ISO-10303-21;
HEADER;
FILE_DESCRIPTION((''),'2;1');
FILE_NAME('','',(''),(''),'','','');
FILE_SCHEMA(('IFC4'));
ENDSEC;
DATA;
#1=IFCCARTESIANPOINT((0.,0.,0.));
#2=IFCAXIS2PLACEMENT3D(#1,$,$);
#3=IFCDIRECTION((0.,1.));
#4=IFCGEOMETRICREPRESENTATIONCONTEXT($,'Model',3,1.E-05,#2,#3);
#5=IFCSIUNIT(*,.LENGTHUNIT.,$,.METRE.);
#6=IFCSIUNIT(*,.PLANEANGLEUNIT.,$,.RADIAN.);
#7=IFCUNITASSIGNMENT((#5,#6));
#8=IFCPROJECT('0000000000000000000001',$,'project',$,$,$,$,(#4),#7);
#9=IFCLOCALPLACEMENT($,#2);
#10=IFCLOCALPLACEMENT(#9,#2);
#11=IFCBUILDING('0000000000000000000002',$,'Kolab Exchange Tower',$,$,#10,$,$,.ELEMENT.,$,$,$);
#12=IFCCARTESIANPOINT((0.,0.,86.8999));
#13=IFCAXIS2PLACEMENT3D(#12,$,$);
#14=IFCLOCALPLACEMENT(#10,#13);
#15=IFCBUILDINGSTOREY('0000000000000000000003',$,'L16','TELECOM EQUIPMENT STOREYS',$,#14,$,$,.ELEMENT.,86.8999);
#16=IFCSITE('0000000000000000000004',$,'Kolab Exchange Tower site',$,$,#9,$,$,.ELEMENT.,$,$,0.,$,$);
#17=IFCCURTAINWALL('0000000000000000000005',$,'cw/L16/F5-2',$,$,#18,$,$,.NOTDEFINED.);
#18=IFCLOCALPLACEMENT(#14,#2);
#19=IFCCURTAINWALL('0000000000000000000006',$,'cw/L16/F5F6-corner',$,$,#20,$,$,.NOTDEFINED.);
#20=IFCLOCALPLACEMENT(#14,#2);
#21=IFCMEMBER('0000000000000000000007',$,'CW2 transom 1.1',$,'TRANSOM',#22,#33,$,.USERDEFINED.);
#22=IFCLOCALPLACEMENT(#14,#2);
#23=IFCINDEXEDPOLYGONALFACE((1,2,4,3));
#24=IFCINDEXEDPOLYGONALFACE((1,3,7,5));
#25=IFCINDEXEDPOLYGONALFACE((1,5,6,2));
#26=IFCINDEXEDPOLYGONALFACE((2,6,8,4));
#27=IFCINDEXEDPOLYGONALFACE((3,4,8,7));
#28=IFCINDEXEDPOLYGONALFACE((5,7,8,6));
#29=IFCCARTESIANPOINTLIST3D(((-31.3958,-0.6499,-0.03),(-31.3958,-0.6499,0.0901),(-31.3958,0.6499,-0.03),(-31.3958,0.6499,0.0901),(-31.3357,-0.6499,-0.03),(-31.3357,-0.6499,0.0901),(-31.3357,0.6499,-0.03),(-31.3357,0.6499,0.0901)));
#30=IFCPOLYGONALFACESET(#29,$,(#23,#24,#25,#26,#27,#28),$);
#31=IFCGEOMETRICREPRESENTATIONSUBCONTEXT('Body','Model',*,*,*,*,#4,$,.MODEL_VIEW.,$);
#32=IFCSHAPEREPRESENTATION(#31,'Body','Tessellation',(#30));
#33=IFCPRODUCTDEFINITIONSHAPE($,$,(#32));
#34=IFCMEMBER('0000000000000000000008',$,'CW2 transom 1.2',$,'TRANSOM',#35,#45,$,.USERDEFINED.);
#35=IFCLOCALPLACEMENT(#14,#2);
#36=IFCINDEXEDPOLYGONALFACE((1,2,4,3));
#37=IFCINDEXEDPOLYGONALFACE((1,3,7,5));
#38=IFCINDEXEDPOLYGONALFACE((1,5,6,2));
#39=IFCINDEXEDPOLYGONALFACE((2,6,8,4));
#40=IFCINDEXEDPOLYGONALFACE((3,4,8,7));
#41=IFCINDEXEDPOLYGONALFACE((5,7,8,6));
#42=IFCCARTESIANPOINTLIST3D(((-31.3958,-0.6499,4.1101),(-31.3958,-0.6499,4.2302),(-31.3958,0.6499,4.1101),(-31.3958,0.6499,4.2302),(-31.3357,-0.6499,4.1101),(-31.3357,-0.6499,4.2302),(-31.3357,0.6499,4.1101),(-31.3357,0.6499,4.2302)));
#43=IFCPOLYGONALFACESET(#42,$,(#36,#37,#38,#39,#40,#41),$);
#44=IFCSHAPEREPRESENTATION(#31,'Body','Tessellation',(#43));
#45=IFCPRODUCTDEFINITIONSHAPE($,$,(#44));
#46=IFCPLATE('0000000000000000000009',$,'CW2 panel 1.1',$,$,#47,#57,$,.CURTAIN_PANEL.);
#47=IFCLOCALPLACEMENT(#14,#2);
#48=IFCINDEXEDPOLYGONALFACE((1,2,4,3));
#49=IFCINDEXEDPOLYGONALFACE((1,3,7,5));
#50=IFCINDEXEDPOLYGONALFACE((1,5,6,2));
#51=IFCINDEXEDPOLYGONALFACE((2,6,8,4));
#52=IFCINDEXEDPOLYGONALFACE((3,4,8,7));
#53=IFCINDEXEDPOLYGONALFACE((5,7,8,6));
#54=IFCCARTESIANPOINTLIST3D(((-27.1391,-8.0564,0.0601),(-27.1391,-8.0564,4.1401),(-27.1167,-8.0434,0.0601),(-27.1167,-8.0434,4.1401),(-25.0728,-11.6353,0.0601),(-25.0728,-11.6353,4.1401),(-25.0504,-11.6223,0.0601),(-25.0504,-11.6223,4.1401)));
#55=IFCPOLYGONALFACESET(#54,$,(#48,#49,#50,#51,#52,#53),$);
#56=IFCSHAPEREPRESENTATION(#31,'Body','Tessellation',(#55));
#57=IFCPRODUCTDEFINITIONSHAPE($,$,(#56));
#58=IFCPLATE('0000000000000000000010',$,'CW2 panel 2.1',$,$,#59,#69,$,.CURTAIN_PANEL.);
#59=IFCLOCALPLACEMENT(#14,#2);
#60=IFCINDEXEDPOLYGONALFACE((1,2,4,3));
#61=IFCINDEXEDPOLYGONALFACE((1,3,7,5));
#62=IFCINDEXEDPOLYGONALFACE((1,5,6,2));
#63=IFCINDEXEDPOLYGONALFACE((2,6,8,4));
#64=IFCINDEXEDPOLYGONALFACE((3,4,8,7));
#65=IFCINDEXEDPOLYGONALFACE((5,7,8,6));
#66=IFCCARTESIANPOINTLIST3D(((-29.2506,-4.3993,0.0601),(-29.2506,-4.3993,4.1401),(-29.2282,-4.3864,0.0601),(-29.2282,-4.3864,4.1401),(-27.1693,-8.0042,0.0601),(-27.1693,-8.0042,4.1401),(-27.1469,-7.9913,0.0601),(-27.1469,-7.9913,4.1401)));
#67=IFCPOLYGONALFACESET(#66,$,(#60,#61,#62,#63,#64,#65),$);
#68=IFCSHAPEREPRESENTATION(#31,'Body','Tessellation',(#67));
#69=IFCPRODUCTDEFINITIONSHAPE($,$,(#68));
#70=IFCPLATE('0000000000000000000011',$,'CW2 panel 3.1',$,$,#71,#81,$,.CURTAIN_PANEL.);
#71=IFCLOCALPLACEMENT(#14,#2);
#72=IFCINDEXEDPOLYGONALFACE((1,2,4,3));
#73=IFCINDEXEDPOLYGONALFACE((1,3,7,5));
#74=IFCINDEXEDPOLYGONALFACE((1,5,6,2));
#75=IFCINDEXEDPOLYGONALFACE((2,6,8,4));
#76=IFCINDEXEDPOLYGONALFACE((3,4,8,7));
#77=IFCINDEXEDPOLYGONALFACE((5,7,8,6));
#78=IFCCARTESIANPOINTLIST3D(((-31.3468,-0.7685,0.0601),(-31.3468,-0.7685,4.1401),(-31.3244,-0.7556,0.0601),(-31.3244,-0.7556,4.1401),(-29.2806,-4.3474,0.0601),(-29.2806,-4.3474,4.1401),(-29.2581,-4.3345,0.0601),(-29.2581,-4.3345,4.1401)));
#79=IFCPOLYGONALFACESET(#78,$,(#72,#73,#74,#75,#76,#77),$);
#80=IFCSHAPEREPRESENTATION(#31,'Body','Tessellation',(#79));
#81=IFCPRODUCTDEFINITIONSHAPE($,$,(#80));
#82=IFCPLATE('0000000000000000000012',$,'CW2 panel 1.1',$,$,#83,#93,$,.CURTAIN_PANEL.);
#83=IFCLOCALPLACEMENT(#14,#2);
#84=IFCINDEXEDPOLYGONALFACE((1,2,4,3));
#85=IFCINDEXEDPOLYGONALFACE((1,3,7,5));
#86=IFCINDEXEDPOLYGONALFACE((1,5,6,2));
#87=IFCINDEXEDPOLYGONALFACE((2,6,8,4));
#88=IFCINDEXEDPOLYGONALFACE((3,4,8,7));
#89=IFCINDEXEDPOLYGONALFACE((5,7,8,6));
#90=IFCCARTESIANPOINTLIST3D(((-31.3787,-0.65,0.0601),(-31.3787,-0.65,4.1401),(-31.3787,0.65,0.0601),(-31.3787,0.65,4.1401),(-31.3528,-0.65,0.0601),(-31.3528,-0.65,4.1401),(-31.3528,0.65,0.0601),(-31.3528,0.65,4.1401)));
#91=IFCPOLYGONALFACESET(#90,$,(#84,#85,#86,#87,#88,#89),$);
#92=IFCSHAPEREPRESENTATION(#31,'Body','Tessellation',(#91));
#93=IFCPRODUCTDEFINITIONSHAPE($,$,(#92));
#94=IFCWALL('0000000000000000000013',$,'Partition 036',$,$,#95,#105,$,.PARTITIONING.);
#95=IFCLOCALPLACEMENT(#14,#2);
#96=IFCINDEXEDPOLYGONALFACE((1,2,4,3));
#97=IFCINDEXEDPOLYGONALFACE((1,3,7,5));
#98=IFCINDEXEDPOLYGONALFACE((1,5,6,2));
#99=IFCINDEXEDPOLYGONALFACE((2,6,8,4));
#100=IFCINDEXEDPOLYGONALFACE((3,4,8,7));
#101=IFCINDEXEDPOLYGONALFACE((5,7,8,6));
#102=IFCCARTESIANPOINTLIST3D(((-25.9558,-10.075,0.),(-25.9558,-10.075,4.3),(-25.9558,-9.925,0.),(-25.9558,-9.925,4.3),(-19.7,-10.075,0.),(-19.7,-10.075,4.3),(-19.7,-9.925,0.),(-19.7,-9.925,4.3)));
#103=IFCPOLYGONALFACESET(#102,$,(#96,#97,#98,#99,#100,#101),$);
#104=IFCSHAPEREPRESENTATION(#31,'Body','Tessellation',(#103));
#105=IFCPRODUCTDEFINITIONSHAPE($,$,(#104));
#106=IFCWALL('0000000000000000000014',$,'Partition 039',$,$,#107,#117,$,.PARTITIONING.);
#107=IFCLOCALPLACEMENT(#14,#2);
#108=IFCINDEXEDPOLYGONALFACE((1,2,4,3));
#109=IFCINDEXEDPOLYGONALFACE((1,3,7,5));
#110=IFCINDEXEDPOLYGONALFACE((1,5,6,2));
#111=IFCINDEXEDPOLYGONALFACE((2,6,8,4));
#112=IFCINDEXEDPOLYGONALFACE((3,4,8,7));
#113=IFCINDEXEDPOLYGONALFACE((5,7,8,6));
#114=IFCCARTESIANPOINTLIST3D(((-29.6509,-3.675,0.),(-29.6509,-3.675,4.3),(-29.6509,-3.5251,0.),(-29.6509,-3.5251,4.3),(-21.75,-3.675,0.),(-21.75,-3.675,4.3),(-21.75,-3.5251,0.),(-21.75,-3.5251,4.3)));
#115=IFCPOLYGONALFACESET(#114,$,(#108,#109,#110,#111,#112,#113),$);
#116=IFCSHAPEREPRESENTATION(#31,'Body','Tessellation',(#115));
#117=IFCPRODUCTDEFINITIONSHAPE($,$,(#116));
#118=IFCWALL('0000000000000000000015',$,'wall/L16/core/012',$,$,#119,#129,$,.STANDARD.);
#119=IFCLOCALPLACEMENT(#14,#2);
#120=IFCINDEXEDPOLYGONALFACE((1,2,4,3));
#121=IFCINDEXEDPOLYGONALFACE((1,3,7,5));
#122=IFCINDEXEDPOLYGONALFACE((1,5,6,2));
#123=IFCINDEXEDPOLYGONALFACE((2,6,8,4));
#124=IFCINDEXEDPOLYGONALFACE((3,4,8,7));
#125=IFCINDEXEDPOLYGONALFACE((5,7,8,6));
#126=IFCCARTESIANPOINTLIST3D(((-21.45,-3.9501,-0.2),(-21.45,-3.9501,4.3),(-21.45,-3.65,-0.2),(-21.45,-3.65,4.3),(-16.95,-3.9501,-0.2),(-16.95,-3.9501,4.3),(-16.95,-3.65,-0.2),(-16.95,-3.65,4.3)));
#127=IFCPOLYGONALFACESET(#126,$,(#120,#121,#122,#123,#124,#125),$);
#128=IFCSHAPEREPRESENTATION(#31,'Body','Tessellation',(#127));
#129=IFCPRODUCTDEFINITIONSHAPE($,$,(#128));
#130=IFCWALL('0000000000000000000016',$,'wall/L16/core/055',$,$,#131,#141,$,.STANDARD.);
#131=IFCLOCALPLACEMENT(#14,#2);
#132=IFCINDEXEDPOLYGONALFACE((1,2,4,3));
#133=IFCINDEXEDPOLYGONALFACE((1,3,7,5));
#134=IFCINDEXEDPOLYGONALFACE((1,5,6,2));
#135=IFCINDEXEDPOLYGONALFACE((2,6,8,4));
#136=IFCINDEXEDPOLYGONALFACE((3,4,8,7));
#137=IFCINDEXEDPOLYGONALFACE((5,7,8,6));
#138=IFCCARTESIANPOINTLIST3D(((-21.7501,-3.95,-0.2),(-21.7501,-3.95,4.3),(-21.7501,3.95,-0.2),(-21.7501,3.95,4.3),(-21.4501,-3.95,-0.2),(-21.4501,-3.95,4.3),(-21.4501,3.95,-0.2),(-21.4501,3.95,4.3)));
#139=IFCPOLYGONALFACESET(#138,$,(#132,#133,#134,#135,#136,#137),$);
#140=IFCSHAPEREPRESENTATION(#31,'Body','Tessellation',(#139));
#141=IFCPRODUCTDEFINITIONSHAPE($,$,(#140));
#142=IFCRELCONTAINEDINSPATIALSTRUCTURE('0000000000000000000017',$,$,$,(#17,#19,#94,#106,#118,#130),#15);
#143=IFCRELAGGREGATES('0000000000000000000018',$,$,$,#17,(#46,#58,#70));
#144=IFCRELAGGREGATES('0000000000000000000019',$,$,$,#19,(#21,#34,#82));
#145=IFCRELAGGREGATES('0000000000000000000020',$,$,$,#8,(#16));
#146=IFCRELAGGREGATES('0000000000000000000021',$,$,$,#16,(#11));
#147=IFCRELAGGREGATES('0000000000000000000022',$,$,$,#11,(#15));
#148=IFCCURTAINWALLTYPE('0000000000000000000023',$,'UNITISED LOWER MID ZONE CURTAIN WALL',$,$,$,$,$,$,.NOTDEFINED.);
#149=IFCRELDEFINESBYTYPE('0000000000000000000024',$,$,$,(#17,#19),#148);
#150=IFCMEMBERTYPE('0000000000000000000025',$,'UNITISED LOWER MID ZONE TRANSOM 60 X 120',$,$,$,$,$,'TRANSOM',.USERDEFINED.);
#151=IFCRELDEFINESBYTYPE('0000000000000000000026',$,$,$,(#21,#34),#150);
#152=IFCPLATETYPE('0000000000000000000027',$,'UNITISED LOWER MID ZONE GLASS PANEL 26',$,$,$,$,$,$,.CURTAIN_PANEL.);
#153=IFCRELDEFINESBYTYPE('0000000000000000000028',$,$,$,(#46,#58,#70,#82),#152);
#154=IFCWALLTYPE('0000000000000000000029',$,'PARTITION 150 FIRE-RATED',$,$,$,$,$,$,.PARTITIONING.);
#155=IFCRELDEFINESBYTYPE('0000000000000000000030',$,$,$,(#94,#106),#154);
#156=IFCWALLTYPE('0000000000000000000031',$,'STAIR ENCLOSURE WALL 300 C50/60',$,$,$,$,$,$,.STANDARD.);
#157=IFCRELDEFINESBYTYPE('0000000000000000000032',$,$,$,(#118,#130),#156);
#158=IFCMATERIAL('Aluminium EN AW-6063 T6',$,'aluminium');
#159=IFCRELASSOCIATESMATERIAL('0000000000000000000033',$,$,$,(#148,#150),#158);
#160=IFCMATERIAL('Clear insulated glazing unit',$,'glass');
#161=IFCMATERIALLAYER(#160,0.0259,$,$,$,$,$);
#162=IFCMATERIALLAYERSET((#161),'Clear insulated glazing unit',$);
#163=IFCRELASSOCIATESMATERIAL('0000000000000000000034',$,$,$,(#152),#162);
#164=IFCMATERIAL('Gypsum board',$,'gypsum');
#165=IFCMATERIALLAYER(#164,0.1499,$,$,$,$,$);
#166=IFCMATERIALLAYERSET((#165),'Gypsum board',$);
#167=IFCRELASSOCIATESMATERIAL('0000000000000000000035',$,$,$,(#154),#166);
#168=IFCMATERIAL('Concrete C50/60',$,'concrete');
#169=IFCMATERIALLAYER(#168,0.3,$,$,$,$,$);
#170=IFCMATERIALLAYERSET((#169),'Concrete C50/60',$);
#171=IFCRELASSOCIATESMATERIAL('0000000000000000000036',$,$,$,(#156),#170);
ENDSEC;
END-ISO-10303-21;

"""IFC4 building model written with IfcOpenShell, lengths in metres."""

from ifc_helpers import new_model, si_unit, direction, frame, frame_2d, origin, origin_2d, place, context, subcontext, project, spatial, rectangle, extrude, material, layer, layer_set, material_profile, profile_set, type_object, element, aggregate, save


model = new_model("IFC4")

# Units and contexts
model_context = context("Model", 3, precision=1e-05, world=origin(), true_north=direction((0.0, 1.0)))
body_context = subcontext(model_context, "Body", "Model", "MODEL_VIEW")
ifc_project = project(units=[si_unit("LENGTHUNIT", "METRE"), si_unit("PLANEANGLEUNIT", "RADIAN")], contexts=[model_context])

# Site, building, storey
site_placement = place(None, origin())
site = spatial("IfcSite", under=ifc_project, at=site_placement, Name="Kolab Exchange Tower site", CompositionType="ELEMENT", RefElevation=0.0)
building_placement = place(site_placement, origin())
building = spatial("IfcBuilding", under=site, at=building_placement, Name="Kolab Exchange Tower", CompositionType="ELEMENT")
storey_placement = place(building_placement, frame((0.0, 0.0, 86.8999)))
storey = spatial("IfcBuildingStorey", under=building, at=storey_placement, Name="L16", Description="TELECOM EQUIPMENT STOREYS", CompositionType="ELEMENT", Elevation=86.8999)

# Curtain wall
ifc_material_1 = material(Name="Aluminium EN AW-6063 T6", Category="aluminium")
curtain_wall_type = type_object("IfcCurtainWallType", Name="UNITISED LOWER MID ZONE CURTAIN WALL", PredefinedType="NOTDEFINED", material=ifc_material_1)
curtain_wall_1_placement = place(storey_placement, origin())
curtain_wall_1 = element("IfcCurtainWall", 1, at=curtain_wall_1_placement, inside=storey, type_object=curtain_wall_type, Name="cw/L16/F5-2", PredefinedType="NOTDEFINED")

# Curtain wall
curtain_wall_2_placement = place(storey_placement, origin())
curtain_wall_2 = element("IfcCurtainWall", 2, at=curtain_wall_2_placement, inside=storey, type_object=curtain_wall_type, Name="cw/L16/F5F6-corner", PredefinedType="NOTDEFINED")

# Members
ifc_material_profile_1 = material_profile(ifc_material_1, rectangle(XDim=0.0601, YDim=0.1201, at=origin_2d()), Name="RECT 60X120")
ifc_profile_set_1 = profile_set([ifc_material_profile_1], Name="Aluminium EN AW-6063 T6")
member_type_1 = type_object("IfcMemberType", Name="UNITISED LOWER MID ZONE TRANSOM 60 X 120", ElementType="TRANSOM", PredefinedType="USERDEFINED", material=ifc_profile_set_1)
member_1_placement = place(storey_placement, frame((-31.3657, -0.6499, 0.03), z_axis=(0.0, 1.0, 0.0), x_axis=(-1.0, 0.0, 0.0)))
member_1 = element("IfcMember", 3, at=member_1_placement, type_object=member_type_1, Name="CW2 transom 1.1", ObjectType="TRANSOM", PredefinedType="USERDEFINED", context=body_context, shape_type="SweptSolid", body=[
    extrude(rectangle(XDim=0.0601, YDim=0.1201, at=origin_2d()), origin(), (0.0, 0.0, 1.0), 1.2998),
])
member_2_placement = place(storey_placement, frame((-31.3657, -0.6499, 4.1702), z_axis=(0.0, 1.0, 0.0), x_axis=(-1.0, 0.0, 0.0)))
member_2 = element("IfcMember", 4, at=member_2_placement, type_object=member_type_1, Name="CW2 transom 1.2", ObjectType="TRANSOM", PredefinedType="USERDEFINED", context=body_context, shape_type="SweptSolid", body=[
    extrude(rectangle(XDim=0.0601, YDim=0.1201, at=origin_2d()), origin(), (0.0, 0.0, 1.0), 1.2998),
])

# Plates
ifc_material_2 = material(Name="Clear insulated glazing unit", Category="glass")
ifc_layer_1 = layer(ifc_material_2, 0.0259)
ifc_layer_set_1 = layer_set([ifc_layer_1], Name="Clear insulated glazing unit")
plate_type = type_object("IfcPlateType", Name="UNITISED LOWER MID ZONE GLASS PANEL 26", PredefinedType="CURTAIN_PANEL", material=ifc_layer_set_1)
plate_1_placement = place(storey_placement, frame((-26.0947, -9.8394, 0.0601), z_axis=(0.0, 0.0, 1.0), x_axis=(-0.5, 0.866025, 0.0)))
plate_1 = element("IfcPlate", 5, at=plate_1_placement, type_object=plate_type, Name="CW2 panel 1.1", PredefinedType="CURTAIN_PANEL", context=body_context, shape_type="SweptSolid", body=[
    extrude(rectangle(XDim=4.1326, YDim=0.0259, at=origin_2d()), origin(), (0.0, 0.0, 1.0), 4.0801),
])
plate_2_placement = place(storey_placement, frame((-28.1987, -6.1953, 0.0601), z_axis=(0.0, 0.0, 1.0), x_axis=(-0.5, 0.866025, 0.0)))
plate_2 = element("IfcPlate", 6, at=plate_2_placement, type_object=plate_type, Name="CW2 panel 2.1", PredefinedType="CURTAIN_PANEL", context=body_context, shape_type="SweptSolid", body=[
    extrude(rectangle(XDim=4.1626, YDim=0.0259, at=origin_2d()), origin(), (0.0, 0.0, 1.0), 4.0801),
])
plate_3_placement = place(storey_placement, frame((-30.3025, -2.5515, 0.0601), z_axis=(0.0, 0.0, 1.0), x_axis=(-0.5, 0.866025, 0.0)))
plate_3 = element("IfcPlate", 7, at=plate_3_placement, type_object=plate_type, Name="CW2 panel 3.1", PredefinedType="CURTAIN_PANEL", context=body_context, shape_type="SweptSolid", body=[
    extrude(rectangle(XDim=4.1326, YDim=0.0259, at=origin_2d()), origin(), (0.0, 0.0, 1.0), 4.0801),
])
aggregate(curtain_wall_1, [plate_1, plate_2, plate_3])
plate_4_placement = place(storey_placement, frame((-31.3657, 0.0, 0.0601), z_axis=(0.0, 0.0, 1.0), x_axis=(0.0, 1.0, 0.0)))
plate_4 = element("IfcPlate", 8, at=plate_4_placement, type_object=plate_type, Name="CW2 panel 1.1", PredefinedType="CURTAIN_PANEL", context=body_context, shape_type="SweptSolid", body=[
    extrude(rectangle(XDim=1.3, YDim=0.0259, at=origin_2d()), origin(), (0.0, 0.0, 1.0), 4.0801),
])
aggregate(curtain_wall_2, [member_1, member_2, plate_4])

# Walls
ifc_material_3 = material(Name="Gypsum board", Category="gypsum")
ifc_layer_2 = layer(ifc_material_3, 0.1499)
ifc_layer_set_2 = layer_set([ifc_layer_2], Name="Gypsum board")
wall_type_1 = type_object("IfcWallType", Name="PARTITION 150 FIRE-RATED", PredefinedType="PARTITIONING", material=ifc_layer_set_2)
wall_1_placement = place(storey_placement, frame((-25.9558, -10.0, 0.0), z_axis=(0.0, 0.0, 1.0), x_axis=(1.0, 0.0, 0.0)))
element("IfcWall", 9, at=wall_1_placement, inside=storey, type_object=wall_type_1, Name="Partition 036", PredefinedType="PARTITIONING", context=body_context, shape_type="SweptSolid", body=[
    extrude(rectangle(XDim=6.2559, YDim=0.1499, at=frame_2d((3.1279, 0.0))), origin(), (0.0, 0.0, 1.0), 4.3),
])
wall_2_placement = place(storey_placement, frame((-29.6509, -3.6001, 0.0), z_axis=(0.0, 0.0, 1.0), x_axis=(1.0, 0.0, 0.0)))
element("IfcWall", 10, at=wall_2_placement, inside=storey, type_object=wall_type_1, Name="Partition 039", PredefinedType="PARTITIONING", context=body_context, shape_type="SweptSolid", body=[
    extrude(rectangle(XDim=7.9009, YDim=0.1499, at=frame_2d((3.9504, 0.0))), origin(), (0.0, 0.0, 1.0), 4.3),
])
ifc_material_4 = material(Name="Concrete C50/60", Category="concrete")
ifc_layer_3 = layer(ifc_material_4, 0.3)
ifc_layer_set_3 = layer_set([ifc_layer_3], Name="Concrete C50/60")
wall_type_2 = type_object("IfcWallType", Name="STAIR ENCLOSURE WALL 300 C50/60", PredefinedType="STANDARD", material=ifc_layer_set_3)
wall_3_placement = place(storey_placement, frame((-21.45, -3.8, -0.2), z_axis=(0.0, 0.0, 1.0), x_axis=(1.0, 0.0, 0.0)))
element("IfcWall", 11, at=wall_3_placement, inside=storey, type_object=wall_type_2, Name="wall/L16/core/012", PredefinedType="STANDARD", context=body_context, shape_type="SweptSolid", body=[
    extrude(rectangle(XDim=4.5, YDim=0.3, at=frame_2d((2.25, 0.0))), origin(), (0.0, 0.0, 1.0), 4.5),
])
wall_4_placement = place(storey_placement, frame((-21.6001, -3.95, -0.2), z_axis=(0.0, 0.0, 1.0), x_axis=(0.0, 1.0, 0.0)))
element("IfcWall", 12, at=wall_4_placement, inside=storey, type_object=wall_type_2, Name="wall/L16/core/055", PredefinedType="STANDARD", context=body_context, shape_type="SweptSolid", body=[
    extrude(rectangle(XDim=7.8999, YDim=0.3, at=frame_2d((3.95, 0.0))), origin(), (0.0, 0.0, 1.0), 4.5),
])

save(model, "model.ifc")
